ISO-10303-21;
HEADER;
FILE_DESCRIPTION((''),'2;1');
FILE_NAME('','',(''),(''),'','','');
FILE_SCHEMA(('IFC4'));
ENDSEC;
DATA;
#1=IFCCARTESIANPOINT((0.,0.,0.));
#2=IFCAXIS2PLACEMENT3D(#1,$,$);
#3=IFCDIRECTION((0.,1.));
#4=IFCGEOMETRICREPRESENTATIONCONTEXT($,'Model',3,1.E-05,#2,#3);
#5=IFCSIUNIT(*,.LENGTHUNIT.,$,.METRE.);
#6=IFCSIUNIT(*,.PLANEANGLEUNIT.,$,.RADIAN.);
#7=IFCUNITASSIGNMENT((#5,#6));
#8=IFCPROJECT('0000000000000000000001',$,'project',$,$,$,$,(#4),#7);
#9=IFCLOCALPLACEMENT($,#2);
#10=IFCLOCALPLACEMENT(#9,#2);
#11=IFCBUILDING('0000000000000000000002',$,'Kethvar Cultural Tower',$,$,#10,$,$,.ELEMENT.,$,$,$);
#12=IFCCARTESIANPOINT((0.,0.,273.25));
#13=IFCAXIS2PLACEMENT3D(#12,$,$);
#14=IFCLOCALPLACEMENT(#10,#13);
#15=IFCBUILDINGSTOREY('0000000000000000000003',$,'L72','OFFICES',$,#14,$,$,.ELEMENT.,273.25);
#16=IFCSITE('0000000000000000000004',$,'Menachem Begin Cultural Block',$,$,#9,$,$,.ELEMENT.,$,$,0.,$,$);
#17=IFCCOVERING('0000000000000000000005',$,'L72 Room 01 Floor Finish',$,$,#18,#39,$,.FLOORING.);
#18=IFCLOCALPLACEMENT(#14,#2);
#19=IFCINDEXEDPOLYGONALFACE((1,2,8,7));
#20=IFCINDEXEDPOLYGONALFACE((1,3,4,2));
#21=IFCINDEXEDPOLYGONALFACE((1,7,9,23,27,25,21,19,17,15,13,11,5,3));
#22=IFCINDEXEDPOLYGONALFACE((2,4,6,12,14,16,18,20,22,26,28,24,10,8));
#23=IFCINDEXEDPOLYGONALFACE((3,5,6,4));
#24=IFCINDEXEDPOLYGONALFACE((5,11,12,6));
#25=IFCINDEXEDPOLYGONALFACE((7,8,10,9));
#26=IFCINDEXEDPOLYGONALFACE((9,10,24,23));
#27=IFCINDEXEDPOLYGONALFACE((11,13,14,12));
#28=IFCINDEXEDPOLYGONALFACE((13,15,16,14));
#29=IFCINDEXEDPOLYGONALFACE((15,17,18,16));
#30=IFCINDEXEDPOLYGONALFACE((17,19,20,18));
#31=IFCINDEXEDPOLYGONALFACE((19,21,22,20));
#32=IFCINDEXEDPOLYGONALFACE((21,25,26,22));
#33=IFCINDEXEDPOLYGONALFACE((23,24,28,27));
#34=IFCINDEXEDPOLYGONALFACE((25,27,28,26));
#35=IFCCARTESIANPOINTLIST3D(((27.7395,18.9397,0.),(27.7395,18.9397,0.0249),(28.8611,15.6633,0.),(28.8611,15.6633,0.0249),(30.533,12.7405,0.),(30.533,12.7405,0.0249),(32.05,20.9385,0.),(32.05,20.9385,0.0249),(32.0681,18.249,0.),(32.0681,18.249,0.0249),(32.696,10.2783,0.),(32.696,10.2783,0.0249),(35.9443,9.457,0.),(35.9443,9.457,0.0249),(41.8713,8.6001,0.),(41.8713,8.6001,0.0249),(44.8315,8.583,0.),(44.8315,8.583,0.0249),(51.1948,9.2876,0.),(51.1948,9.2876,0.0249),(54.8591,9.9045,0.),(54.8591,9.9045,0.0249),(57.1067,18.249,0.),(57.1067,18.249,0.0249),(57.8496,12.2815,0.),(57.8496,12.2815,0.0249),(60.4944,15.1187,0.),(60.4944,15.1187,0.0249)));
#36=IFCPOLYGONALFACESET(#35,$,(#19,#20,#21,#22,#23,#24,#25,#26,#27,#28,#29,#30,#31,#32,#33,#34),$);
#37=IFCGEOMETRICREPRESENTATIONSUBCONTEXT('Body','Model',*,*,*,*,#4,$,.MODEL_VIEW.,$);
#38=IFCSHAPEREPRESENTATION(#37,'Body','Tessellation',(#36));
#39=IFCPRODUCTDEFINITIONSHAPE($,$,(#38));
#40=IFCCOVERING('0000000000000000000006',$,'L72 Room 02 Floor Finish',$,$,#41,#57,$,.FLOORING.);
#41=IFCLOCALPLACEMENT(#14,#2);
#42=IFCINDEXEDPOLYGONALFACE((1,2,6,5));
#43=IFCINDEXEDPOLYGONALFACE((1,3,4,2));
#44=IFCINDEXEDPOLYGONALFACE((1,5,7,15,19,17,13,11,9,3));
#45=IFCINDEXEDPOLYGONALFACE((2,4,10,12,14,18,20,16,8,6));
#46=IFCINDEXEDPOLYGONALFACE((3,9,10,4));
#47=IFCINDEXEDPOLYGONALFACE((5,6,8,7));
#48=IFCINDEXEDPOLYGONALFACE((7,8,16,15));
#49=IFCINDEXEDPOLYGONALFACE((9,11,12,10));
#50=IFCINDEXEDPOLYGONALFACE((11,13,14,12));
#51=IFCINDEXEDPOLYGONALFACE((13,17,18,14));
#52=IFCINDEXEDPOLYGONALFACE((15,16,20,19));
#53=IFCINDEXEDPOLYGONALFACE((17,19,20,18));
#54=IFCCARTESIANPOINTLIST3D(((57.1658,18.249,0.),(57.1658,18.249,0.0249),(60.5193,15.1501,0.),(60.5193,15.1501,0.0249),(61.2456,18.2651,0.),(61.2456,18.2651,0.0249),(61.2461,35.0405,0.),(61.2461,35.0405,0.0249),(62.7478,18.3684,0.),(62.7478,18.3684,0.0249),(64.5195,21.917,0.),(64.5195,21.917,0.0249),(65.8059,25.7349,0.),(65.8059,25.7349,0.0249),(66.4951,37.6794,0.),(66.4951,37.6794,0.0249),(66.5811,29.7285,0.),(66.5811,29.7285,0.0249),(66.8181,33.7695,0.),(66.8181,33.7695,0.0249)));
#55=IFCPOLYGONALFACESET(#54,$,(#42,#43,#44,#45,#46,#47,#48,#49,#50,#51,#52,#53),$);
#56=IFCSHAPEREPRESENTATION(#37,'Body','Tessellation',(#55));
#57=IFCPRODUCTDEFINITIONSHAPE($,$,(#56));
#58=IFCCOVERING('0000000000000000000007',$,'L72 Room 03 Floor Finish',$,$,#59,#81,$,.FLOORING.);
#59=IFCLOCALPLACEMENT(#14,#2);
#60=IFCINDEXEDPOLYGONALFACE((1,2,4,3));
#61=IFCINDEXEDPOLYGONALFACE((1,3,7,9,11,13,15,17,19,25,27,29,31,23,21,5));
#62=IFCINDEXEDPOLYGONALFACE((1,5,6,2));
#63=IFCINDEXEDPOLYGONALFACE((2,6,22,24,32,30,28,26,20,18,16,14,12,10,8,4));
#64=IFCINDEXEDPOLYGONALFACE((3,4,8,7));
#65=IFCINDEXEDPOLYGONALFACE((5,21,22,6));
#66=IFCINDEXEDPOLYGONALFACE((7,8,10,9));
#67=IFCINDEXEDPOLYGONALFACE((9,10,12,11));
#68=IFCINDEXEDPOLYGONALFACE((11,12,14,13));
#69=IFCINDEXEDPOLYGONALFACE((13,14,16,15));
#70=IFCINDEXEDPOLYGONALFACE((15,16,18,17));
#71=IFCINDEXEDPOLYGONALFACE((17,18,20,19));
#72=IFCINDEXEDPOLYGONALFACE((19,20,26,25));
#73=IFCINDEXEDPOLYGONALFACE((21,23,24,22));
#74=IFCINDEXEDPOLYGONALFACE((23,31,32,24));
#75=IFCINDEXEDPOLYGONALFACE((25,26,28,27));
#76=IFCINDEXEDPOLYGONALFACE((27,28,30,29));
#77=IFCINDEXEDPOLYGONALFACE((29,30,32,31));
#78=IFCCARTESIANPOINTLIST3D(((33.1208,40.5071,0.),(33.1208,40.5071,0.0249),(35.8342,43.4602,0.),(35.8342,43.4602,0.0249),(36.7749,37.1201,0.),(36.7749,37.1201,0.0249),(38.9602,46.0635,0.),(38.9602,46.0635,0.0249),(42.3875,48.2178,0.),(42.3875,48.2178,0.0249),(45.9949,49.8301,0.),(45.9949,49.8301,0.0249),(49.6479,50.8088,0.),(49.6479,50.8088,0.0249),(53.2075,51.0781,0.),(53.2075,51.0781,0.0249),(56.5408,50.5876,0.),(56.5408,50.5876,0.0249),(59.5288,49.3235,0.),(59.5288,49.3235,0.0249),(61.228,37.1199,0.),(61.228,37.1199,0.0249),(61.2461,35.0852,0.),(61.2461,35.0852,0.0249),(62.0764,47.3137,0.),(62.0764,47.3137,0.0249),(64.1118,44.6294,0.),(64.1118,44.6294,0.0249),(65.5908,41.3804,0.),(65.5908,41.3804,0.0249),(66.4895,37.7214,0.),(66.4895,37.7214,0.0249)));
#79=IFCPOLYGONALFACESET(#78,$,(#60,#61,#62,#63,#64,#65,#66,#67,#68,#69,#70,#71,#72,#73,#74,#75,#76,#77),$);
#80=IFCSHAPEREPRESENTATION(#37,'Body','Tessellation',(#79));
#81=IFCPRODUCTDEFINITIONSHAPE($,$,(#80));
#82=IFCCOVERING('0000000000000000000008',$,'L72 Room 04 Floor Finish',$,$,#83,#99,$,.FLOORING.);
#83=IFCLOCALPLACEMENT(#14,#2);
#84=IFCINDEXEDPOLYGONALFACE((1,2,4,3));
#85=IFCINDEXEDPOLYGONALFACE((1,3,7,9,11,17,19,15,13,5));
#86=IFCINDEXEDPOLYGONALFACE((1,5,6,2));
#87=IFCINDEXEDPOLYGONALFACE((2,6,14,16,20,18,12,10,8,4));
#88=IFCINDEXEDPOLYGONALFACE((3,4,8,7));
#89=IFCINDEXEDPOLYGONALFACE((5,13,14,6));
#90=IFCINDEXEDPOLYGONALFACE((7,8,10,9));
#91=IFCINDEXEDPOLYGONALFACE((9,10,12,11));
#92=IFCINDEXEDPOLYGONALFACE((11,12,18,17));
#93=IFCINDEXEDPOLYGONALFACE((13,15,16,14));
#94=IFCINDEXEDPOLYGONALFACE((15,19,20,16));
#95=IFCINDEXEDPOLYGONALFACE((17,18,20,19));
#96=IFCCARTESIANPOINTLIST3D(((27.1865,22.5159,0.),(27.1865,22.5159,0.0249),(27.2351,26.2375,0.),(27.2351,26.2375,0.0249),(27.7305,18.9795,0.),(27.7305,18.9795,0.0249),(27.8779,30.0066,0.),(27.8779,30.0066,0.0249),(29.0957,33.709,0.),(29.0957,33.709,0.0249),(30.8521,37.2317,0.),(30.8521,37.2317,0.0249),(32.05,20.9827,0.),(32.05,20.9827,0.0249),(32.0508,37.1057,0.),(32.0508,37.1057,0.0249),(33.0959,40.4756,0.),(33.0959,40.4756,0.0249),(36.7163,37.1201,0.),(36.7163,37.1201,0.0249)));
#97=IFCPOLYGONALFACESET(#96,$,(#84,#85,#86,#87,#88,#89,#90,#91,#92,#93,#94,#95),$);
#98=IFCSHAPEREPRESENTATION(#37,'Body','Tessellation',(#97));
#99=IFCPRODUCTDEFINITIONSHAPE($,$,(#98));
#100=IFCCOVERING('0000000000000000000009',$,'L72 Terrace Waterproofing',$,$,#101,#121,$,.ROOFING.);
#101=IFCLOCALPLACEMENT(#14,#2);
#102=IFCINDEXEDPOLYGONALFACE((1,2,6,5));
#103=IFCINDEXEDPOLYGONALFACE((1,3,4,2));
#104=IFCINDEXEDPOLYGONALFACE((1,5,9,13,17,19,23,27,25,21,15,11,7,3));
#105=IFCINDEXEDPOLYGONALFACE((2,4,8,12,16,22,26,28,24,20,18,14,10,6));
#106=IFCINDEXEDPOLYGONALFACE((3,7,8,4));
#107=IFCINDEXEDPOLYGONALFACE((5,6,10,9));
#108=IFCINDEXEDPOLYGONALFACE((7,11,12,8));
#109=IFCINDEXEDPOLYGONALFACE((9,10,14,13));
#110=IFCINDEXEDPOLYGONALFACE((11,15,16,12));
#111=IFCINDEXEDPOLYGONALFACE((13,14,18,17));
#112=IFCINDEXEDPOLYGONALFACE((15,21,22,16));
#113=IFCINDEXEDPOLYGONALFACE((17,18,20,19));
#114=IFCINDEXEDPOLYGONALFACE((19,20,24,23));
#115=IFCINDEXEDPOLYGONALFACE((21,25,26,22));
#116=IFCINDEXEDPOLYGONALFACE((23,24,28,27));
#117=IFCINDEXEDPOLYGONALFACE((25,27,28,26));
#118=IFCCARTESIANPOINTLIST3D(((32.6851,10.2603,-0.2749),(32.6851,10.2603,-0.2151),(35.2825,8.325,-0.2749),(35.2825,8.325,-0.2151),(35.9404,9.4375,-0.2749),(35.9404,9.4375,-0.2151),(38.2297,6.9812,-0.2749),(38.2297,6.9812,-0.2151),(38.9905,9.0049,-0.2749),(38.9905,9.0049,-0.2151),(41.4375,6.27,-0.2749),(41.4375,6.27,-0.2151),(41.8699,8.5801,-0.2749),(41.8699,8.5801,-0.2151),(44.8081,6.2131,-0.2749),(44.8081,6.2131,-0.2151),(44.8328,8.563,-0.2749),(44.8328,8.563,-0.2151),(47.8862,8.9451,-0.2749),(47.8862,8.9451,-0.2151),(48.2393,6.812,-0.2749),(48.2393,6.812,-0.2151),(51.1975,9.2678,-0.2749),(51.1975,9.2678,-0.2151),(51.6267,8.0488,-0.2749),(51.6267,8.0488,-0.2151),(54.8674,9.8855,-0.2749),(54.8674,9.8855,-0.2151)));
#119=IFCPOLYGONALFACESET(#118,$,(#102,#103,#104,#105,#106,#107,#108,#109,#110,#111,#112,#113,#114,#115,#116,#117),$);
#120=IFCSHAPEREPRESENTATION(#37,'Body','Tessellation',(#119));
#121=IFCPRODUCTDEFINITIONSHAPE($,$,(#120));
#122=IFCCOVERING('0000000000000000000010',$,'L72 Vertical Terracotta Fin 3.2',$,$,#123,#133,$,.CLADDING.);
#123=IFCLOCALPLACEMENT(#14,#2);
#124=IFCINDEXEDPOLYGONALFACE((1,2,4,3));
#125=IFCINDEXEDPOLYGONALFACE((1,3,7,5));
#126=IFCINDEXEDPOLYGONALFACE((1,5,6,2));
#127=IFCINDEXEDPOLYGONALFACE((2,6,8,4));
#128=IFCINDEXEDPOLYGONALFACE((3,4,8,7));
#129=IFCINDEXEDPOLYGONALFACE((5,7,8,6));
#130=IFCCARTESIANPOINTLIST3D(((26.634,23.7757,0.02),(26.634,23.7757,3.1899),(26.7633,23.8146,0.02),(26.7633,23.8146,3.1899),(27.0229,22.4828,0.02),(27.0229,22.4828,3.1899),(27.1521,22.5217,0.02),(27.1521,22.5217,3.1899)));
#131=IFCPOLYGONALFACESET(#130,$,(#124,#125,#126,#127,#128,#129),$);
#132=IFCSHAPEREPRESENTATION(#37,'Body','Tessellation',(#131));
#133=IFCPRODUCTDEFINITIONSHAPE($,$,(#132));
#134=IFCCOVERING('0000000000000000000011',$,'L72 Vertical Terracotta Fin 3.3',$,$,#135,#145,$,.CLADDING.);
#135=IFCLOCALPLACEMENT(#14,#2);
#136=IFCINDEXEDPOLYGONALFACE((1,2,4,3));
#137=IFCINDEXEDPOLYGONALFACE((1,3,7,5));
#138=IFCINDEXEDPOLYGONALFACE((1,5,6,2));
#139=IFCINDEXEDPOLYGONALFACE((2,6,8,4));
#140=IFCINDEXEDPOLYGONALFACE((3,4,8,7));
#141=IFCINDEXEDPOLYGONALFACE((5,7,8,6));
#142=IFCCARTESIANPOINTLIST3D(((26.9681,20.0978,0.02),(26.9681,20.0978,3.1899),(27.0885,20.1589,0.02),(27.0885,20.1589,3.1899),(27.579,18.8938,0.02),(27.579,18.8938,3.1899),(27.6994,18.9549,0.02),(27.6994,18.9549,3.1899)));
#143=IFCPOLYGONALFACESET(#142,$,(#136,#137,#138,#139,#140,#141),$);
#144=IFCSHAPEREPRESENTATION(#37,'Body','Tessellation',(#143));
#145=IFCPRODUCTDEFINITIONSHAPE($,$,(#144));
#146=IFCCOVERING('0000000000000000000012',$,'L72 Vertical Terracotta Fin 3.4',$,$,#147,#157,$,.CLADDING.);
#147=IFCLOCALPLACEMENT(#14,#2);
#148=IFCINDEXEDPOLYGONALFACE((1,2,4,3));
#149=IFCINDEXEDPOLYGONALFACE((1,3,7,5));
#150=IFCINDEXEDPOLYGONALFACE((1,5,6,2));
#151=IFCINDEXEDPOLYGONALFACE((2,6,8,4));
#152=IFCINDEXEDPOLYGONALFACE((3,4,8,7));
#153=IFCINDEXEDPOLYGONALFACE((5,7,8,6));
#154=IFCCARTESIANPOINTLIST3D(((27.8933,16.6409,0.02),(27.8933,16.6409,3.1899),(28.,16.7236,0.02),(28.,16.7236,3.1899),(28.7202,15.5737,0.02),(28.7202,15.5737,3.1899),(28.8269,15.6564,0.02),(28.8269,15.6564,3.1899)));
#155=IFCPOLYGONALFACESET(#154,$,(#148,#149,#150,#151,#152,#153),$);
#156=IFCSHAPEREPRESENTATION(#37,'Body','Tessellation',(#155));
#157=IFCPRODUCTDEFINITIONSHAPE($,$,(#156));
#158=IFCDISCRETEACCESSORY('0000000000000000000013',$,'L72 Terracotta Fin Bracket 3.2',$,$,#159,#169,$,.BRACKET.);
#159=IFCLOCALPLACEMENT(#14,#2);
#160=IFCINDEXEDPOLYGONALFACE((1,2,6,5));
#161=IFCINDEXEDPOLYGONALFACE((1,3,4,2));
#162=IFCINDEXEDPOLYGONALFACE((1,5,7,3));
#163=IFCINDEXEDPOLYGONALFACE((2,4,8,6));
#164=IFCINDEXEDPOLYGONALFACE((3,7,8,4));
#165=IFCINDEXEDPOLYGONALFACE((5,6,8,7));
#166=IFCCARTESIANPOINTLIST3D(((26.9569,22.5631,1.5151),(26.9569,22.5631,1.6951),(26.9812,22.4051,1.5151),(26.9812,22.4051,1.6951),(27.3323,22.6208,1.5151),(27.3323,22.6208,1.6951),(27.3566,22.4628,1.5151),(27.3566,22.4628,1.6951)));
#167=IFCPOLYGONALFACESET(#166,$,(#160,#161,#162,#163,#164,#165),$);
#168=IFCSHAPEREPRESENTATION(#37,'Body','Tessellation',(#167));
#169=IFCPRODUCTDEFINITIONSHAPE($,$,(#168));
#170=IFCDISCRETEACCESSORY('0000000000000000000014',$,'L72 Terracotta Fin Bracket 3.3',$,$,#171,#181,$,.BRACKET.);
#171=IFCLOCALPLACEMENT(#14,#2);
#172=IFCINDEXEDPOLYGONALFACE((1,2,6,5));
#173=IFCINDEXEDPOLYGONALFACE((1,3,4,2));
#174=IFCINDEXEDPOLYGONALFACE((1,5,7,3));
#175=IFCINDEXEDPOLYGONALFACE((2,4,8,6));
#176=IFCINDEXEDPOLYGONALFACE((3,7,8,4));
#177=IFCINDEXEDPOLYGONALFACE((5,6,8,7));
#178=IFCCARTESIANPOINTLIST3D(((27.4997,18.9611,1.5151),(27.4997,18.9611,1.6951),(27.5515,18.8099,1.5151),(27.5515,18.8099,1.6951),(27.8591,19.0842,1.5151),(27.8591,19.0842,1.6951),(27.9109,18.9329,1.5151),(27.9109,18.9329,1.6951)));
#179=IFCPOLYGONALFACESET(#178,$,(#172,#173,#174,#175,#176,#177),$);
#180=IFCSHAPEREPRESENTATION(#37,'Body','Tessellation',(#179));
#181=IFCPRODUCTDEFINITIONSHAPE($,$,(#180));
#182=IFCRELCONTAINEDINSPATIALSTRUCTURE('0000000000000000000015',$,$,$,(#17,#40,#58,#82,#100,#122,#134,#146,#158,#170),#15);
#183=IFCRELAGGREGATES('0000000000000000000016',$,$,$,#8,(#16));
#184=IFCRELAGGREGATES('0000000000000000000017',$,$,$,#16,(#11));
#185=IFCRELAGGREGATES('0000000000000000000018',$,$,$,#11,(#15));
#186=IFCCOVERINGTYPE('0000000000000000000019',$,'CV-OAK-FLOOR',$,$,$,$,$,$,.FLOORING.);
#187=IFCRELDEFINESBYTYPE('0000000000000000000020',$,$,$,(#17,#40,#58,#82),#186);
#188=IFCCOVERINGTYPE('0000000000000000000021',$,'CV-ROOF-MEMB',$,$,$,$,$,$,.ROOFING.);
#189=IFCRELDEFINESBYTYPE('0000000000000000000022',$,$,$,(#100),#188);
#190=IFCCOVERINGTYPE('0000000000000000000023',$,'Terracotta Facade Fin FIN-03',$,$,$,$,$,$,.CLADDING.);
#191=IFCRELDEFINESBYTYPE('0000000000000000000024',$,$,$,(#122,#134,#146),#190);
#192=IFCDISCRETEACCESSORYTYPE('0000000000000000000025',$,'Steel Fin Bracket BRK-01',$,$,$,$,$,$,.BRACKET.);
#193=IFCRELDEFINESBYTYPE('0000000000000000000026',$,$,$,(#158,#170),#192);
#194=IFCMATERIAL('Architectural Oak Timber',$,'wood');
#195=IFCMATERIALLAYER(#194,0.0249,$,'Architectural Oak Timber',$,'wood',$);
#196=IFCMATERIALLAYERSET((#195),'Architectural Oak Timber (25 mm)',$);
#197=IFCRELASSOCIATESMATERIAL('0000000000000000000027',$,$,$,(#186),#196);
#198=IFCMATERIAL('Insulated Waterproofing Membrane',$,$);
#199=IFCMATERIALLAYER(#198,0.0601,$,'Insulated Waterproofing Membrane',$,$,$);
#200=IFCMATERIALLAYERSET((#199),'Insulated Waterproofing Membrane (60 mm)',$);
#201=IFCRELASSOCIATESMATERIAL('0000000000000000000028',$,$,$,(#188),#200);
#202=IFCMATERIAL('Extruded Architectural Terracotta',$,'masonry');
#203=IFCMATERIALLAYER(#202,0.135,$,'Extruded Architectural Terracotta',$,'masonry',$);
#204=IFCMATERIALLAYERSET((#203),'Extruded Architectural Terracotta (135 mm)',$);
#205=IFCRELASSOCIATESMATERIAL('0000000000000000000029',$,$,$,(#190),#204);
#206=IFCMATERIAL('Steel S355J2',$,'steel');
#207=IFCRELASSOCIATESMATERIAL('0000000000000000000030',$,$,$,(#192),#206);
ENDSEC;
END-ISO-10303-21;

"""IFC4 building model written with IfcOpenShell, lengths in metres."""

from ifc_helpers import new_model, si_unit, direction, frame, origin, origin_2d, place, context, subcontext, project, spatial, polyline, rectangle, outline, extrude, source, transform, mapped, material, layer, layer_set, type_object, element, save


model = new_model("IFC4")

# Units and contexts
model_context = context("Model", 3, precision=1e-05, world=origin(), true_north=direction((0.0, 1.0)))
body_context = subcontext(model_context, "Body", "Model", "MODEL_VIEW")
ifc_project = project(units=[si_unit("LENGTHUNIT", "METRE"), si_unit("PLANEANGLEUNIT", "RADIAN")], contexts=[model_context])

# Site, building, storey
site_placement = place(None, origin())
site = spatial("IfcSite", under=ifc_project, at=site_placement, Name="Menachem Begin Cultural Block", CompositionType="ELEMENT", RefElevation=0.0)
building_placement = place(site_placement, origin())
building = spatial("IfcBuilding", under=site, at=building_placement, Name="Kethvar Cultural Tower", CompositionType="ELEMENT")
storey_placement = place(building_placement, frame((0.0, 0.0, 273.25)))
storey = spatial("IfcBuildingStorey", under=building, at=storey_placement, Name="L72", Description="OFFICES", CompositionType="ELEMENT", Elevation=273.25)

# Coverings
ifc_material_1 = material(Name="Architectural Oak Timber", Category="wood")
ifc_layer_1 = layer(ifc_material_1, 0.0249, Name="Architectural Oak Timber", Category="wood")
ifc_layer_set_1 = layer_set([ifc_layer_1], Name="Architectural Oak Timber (25 mm)")
covering_type_1 = type_object("IfcCoveringType", Name="CV-OAK-FLOOR", PredefinedType="FLOORING", material=ifc_layer_set_1)
covering_1_placement = place(storey_placement, origin())
element("IfcCovering", 1, at=covering_1_placement, inside=storey, type_object=covering_type_1, Name="L72 Room 01 Floor Finish", PredefinedType="FLOORING", context=body_context, shape_type="SweptSolid", body=[
    extrude(outline(polyline([(60.4944, 15.1187), (57.8496, 12.2815), (54.8591, 9.9045), (51.1948, 9.2876), (44.8315, 8.583), (41.8713, 8.6001), (35.9443, 9.457), (32.696, 10.2783), (30.533, 12.7405), (28.8611, 15.6633), (27.7395, 18.9397), (32.05, 20.9385), (32.0681, 18.249), (57.1067, 18.249), (60.4944, 15.1187)])), origin(), (0.0, 0.0, 1.0), 0.0249),
])
covering_2_placement = place(storey_placement, origin())
element("IfcCovering", 2, at=covering_2_placement, inside=storey, type_object=covering_type_1, Name="L72 Room 02 Floor Finish", PredefinedType="FLOORING", context=body_context, shape_type="SweptSolid", body=[
    extrude(outline(polyline([(66.8181, 33.7695), (66.5811, 29.7285), (65.8059, 25.7349), (64.5195, 21.917), (62.7478, 18.3684), (60.5193, 15.1501), (57.1658, 18.249), (61.2456, 18.2651), (61.2461, 35.0405), (66.4951, 37.6794), (66.8181, 33.7695)])), origin(), (0.0, 0.0, 1.0), 0.0249),
])
covering_3_placement = place(storey_placement, origin())
element("IfcCovering", 3, at=covering_3_placement, inside=storey, type_object=covering_type_1, Name="L72 Room 03 Floor Finish", PredefinedType="FLOORING", context=body_context, shape_type="SweptSolid", body=[
    extrude(outline(polyline([(64.1118, 44.6294), (65.5908, 41.3804), (66.4895, 37.7214), (61.2461, 35.0852), (61.228, 37.1199), (36.7749, 37.1201), (33.1208, 40.5071), (35.8342, 43.4602), (38.9602, 46.0635), (42.3875, 48.2178), (45.9949, 49.8301), (49.6479, 50.8088), (53.2075, 51.0781), (56.5408, 50.5876), (59.5288, 49.3235), (62.0764, 47.3137), (64.1118, 44.6294)])), origin(), (0.0, 0.0, 1.0), 0.0249),
])
covering_4_placement = place(storey_placement, origin())
element("IfcCovering", 4, at=covering_4_placement, inside=storey, type_object=covering_type_1, Name="L72 Room 04 Floor Finish", PredefinedType="FLOORING", context=body_context, shape_type="SweptSolid", body=[
    extrude(outline(polyline([(27.1865, 22.5159), (27.2351, 26.2375), (27.8779, 30.0066), (29.0957, 33.709), (30.8521, 37.2317), (33.0959, 40.4756), (36.7163, 37.1201), (32.0508, 37.1057), (32.05, 20.9827), (27.7305, 18.9795), (27.1865, 22.5159)])), origin(), (0.0, 0.0, 1.0), 0.0249),
])
ifc_material_2 = material(Name="Insulated Waterproofing Membrane")
ifc_layer_2 = layer(ifc_material_2, 0.0601, Name="Insulated Waterproofing Membrane")
ifc_layer_set_2 = layer_set([ifc_layer_2], Name="Insulated Waterproofing Membrane (60 mm)")
covering_type_2 = type_object("IfcCoveringType", Name="CV-ROOF-MEMB", PredefinedType="ROOFING", material=ifc_layer_set_2)
covering_5_placement = place(storey_placement, frame((0.0, 0.0, -0.2749)))
element("IfcCovering", 5, at=covering_5_placement, inside=storey, type_object=covering_type_2, Name="L72 Terrace Waterproofing", PredefinedType="ROOFING", context=body_context, shape_type="SweptSolid", body=[
    extrude(outline(polyline([(32.6851, 10.2603), (35.2825, 8.325), (38.2297, 6.9812), (41.4375, 6.27), (44.8081, 6.2131), (48.2393, 6.812), (51.6267, 8.0488), (54.8674, 9.8855), (51.1975, 9.2678), (47.8862, 8.9451), (44.8328, 8.563), (41.8699, 8.5801), (38.9905, 9.0049), (35.9404, 9.4375), (32.6851, 10.2603)])), origin(), (0.0, 0.0, 1.0), 0.0598),
])
ifc_material_3 = material(Name="Extruded Architectural Terracotta", Category="masonry")
ifc_layer_3 = layer(ifc_material_3, 0.135, Name="Extruded Architectural Terracotta", Category="masonry")
ifc_layer_set_3 = layer_set([ifc_layer_3], Name="Extruded Architectural Terracotta (135 mm)")
covering_type_3 = type_object("IfcCoveringType", Name="Terracotta Facade Fin FIN-03", PredefinedType="CLADDING", material=ifc_layer_set_3)
shared_shape_1 = source(origin(), body_context, "Body", "SweptSolid", [
    extrude(rectangle(XDim=1.3501, YDim=0.135, at=origin_2d()), origin(), (0.0, 0.0, 1.0), 3.1699),
])
for number, where, z_axis, x_axis, name in (
    (6, (26.8931, 23.1487, 0.02), (0.0, 0.0, 1.0), (-0.288029, 0.957622, 0.0), "L72 Vertical Terracotta Fin 3.2"),
    (7, (27.3337, 19.5264, 0.02), (0.0, 0.0, 1.0), (-0.452435, 0.891798, 0.0), "L72 Vertical Terracotta Fin 3.3"),
    (8, (28.3601, 16.1487, 0.02), (0.0, 0.0, 1.0), (-0.612493, 0.790476, 0.0), "L72 Vertical Terracotta Fin 3.4"),
):
    element("IfcCovering", number, at=place(storey_placement, frame(where, z_axis=z_axis, x_axis=x_axis)), inside=storey, type_object=covering_type_3, Name=name, PredefinedType="CLADDING", context=body_context, shape_type="MappedRepresentation", body=[
        mapped(shared_shape_1, transform((0.0, 0.0, 0.0), scale=1.0)),
    ])

# Discrete accessories
ifc_material_4 = material(Name="Steel S355J2", Category="steel")
discrete_accessory_type = type_object("IfcDiscreteAccessoryType", Name="Steel Fin Bracket BRK-01", PredefinedType="BRACKET", material=ifc_material_4)
shared_shape_2 = source(origin(), body_context, "Body", "SweptSolid", [
    extrude(rectangle(XDim=0.3799, YDim=0.1599, at=origin_2d()), origin(), (0.0, 0.0, 1.0), 0.1799),
])
for number, where, z_axis, x_axis, name in (
    (9, (27.1567, 22.5129, 1.5151), (0.0, 0.0, 1.0), (-0.988388, -0.151951, 0.0), "L72 Terracotta Fin Bracket 3.2"),
    (10, (27.7053, 18.947, 1.5151), (0.0, 0.0, 1.0), (-0.946085, -0.323917, 0.0), "L72 Terracotta Fin Bracket 3.3"),
):
    element("IfcDiscreteAccessory", number, at=place(storey_placement, frame(where, z_axis=z_axis, x_axis=x_axis)), inside=storey, type_object=discrete_accessory_type, Name=name, PredefinedType="BRACKET", context=body_context, shape_type="MappedRepresentation", body=[
        mapped(shared_shape_2, transform((0.0, 0.0, 0.0), scale=1.0)),
    ])

save(model, "model.ifc")
